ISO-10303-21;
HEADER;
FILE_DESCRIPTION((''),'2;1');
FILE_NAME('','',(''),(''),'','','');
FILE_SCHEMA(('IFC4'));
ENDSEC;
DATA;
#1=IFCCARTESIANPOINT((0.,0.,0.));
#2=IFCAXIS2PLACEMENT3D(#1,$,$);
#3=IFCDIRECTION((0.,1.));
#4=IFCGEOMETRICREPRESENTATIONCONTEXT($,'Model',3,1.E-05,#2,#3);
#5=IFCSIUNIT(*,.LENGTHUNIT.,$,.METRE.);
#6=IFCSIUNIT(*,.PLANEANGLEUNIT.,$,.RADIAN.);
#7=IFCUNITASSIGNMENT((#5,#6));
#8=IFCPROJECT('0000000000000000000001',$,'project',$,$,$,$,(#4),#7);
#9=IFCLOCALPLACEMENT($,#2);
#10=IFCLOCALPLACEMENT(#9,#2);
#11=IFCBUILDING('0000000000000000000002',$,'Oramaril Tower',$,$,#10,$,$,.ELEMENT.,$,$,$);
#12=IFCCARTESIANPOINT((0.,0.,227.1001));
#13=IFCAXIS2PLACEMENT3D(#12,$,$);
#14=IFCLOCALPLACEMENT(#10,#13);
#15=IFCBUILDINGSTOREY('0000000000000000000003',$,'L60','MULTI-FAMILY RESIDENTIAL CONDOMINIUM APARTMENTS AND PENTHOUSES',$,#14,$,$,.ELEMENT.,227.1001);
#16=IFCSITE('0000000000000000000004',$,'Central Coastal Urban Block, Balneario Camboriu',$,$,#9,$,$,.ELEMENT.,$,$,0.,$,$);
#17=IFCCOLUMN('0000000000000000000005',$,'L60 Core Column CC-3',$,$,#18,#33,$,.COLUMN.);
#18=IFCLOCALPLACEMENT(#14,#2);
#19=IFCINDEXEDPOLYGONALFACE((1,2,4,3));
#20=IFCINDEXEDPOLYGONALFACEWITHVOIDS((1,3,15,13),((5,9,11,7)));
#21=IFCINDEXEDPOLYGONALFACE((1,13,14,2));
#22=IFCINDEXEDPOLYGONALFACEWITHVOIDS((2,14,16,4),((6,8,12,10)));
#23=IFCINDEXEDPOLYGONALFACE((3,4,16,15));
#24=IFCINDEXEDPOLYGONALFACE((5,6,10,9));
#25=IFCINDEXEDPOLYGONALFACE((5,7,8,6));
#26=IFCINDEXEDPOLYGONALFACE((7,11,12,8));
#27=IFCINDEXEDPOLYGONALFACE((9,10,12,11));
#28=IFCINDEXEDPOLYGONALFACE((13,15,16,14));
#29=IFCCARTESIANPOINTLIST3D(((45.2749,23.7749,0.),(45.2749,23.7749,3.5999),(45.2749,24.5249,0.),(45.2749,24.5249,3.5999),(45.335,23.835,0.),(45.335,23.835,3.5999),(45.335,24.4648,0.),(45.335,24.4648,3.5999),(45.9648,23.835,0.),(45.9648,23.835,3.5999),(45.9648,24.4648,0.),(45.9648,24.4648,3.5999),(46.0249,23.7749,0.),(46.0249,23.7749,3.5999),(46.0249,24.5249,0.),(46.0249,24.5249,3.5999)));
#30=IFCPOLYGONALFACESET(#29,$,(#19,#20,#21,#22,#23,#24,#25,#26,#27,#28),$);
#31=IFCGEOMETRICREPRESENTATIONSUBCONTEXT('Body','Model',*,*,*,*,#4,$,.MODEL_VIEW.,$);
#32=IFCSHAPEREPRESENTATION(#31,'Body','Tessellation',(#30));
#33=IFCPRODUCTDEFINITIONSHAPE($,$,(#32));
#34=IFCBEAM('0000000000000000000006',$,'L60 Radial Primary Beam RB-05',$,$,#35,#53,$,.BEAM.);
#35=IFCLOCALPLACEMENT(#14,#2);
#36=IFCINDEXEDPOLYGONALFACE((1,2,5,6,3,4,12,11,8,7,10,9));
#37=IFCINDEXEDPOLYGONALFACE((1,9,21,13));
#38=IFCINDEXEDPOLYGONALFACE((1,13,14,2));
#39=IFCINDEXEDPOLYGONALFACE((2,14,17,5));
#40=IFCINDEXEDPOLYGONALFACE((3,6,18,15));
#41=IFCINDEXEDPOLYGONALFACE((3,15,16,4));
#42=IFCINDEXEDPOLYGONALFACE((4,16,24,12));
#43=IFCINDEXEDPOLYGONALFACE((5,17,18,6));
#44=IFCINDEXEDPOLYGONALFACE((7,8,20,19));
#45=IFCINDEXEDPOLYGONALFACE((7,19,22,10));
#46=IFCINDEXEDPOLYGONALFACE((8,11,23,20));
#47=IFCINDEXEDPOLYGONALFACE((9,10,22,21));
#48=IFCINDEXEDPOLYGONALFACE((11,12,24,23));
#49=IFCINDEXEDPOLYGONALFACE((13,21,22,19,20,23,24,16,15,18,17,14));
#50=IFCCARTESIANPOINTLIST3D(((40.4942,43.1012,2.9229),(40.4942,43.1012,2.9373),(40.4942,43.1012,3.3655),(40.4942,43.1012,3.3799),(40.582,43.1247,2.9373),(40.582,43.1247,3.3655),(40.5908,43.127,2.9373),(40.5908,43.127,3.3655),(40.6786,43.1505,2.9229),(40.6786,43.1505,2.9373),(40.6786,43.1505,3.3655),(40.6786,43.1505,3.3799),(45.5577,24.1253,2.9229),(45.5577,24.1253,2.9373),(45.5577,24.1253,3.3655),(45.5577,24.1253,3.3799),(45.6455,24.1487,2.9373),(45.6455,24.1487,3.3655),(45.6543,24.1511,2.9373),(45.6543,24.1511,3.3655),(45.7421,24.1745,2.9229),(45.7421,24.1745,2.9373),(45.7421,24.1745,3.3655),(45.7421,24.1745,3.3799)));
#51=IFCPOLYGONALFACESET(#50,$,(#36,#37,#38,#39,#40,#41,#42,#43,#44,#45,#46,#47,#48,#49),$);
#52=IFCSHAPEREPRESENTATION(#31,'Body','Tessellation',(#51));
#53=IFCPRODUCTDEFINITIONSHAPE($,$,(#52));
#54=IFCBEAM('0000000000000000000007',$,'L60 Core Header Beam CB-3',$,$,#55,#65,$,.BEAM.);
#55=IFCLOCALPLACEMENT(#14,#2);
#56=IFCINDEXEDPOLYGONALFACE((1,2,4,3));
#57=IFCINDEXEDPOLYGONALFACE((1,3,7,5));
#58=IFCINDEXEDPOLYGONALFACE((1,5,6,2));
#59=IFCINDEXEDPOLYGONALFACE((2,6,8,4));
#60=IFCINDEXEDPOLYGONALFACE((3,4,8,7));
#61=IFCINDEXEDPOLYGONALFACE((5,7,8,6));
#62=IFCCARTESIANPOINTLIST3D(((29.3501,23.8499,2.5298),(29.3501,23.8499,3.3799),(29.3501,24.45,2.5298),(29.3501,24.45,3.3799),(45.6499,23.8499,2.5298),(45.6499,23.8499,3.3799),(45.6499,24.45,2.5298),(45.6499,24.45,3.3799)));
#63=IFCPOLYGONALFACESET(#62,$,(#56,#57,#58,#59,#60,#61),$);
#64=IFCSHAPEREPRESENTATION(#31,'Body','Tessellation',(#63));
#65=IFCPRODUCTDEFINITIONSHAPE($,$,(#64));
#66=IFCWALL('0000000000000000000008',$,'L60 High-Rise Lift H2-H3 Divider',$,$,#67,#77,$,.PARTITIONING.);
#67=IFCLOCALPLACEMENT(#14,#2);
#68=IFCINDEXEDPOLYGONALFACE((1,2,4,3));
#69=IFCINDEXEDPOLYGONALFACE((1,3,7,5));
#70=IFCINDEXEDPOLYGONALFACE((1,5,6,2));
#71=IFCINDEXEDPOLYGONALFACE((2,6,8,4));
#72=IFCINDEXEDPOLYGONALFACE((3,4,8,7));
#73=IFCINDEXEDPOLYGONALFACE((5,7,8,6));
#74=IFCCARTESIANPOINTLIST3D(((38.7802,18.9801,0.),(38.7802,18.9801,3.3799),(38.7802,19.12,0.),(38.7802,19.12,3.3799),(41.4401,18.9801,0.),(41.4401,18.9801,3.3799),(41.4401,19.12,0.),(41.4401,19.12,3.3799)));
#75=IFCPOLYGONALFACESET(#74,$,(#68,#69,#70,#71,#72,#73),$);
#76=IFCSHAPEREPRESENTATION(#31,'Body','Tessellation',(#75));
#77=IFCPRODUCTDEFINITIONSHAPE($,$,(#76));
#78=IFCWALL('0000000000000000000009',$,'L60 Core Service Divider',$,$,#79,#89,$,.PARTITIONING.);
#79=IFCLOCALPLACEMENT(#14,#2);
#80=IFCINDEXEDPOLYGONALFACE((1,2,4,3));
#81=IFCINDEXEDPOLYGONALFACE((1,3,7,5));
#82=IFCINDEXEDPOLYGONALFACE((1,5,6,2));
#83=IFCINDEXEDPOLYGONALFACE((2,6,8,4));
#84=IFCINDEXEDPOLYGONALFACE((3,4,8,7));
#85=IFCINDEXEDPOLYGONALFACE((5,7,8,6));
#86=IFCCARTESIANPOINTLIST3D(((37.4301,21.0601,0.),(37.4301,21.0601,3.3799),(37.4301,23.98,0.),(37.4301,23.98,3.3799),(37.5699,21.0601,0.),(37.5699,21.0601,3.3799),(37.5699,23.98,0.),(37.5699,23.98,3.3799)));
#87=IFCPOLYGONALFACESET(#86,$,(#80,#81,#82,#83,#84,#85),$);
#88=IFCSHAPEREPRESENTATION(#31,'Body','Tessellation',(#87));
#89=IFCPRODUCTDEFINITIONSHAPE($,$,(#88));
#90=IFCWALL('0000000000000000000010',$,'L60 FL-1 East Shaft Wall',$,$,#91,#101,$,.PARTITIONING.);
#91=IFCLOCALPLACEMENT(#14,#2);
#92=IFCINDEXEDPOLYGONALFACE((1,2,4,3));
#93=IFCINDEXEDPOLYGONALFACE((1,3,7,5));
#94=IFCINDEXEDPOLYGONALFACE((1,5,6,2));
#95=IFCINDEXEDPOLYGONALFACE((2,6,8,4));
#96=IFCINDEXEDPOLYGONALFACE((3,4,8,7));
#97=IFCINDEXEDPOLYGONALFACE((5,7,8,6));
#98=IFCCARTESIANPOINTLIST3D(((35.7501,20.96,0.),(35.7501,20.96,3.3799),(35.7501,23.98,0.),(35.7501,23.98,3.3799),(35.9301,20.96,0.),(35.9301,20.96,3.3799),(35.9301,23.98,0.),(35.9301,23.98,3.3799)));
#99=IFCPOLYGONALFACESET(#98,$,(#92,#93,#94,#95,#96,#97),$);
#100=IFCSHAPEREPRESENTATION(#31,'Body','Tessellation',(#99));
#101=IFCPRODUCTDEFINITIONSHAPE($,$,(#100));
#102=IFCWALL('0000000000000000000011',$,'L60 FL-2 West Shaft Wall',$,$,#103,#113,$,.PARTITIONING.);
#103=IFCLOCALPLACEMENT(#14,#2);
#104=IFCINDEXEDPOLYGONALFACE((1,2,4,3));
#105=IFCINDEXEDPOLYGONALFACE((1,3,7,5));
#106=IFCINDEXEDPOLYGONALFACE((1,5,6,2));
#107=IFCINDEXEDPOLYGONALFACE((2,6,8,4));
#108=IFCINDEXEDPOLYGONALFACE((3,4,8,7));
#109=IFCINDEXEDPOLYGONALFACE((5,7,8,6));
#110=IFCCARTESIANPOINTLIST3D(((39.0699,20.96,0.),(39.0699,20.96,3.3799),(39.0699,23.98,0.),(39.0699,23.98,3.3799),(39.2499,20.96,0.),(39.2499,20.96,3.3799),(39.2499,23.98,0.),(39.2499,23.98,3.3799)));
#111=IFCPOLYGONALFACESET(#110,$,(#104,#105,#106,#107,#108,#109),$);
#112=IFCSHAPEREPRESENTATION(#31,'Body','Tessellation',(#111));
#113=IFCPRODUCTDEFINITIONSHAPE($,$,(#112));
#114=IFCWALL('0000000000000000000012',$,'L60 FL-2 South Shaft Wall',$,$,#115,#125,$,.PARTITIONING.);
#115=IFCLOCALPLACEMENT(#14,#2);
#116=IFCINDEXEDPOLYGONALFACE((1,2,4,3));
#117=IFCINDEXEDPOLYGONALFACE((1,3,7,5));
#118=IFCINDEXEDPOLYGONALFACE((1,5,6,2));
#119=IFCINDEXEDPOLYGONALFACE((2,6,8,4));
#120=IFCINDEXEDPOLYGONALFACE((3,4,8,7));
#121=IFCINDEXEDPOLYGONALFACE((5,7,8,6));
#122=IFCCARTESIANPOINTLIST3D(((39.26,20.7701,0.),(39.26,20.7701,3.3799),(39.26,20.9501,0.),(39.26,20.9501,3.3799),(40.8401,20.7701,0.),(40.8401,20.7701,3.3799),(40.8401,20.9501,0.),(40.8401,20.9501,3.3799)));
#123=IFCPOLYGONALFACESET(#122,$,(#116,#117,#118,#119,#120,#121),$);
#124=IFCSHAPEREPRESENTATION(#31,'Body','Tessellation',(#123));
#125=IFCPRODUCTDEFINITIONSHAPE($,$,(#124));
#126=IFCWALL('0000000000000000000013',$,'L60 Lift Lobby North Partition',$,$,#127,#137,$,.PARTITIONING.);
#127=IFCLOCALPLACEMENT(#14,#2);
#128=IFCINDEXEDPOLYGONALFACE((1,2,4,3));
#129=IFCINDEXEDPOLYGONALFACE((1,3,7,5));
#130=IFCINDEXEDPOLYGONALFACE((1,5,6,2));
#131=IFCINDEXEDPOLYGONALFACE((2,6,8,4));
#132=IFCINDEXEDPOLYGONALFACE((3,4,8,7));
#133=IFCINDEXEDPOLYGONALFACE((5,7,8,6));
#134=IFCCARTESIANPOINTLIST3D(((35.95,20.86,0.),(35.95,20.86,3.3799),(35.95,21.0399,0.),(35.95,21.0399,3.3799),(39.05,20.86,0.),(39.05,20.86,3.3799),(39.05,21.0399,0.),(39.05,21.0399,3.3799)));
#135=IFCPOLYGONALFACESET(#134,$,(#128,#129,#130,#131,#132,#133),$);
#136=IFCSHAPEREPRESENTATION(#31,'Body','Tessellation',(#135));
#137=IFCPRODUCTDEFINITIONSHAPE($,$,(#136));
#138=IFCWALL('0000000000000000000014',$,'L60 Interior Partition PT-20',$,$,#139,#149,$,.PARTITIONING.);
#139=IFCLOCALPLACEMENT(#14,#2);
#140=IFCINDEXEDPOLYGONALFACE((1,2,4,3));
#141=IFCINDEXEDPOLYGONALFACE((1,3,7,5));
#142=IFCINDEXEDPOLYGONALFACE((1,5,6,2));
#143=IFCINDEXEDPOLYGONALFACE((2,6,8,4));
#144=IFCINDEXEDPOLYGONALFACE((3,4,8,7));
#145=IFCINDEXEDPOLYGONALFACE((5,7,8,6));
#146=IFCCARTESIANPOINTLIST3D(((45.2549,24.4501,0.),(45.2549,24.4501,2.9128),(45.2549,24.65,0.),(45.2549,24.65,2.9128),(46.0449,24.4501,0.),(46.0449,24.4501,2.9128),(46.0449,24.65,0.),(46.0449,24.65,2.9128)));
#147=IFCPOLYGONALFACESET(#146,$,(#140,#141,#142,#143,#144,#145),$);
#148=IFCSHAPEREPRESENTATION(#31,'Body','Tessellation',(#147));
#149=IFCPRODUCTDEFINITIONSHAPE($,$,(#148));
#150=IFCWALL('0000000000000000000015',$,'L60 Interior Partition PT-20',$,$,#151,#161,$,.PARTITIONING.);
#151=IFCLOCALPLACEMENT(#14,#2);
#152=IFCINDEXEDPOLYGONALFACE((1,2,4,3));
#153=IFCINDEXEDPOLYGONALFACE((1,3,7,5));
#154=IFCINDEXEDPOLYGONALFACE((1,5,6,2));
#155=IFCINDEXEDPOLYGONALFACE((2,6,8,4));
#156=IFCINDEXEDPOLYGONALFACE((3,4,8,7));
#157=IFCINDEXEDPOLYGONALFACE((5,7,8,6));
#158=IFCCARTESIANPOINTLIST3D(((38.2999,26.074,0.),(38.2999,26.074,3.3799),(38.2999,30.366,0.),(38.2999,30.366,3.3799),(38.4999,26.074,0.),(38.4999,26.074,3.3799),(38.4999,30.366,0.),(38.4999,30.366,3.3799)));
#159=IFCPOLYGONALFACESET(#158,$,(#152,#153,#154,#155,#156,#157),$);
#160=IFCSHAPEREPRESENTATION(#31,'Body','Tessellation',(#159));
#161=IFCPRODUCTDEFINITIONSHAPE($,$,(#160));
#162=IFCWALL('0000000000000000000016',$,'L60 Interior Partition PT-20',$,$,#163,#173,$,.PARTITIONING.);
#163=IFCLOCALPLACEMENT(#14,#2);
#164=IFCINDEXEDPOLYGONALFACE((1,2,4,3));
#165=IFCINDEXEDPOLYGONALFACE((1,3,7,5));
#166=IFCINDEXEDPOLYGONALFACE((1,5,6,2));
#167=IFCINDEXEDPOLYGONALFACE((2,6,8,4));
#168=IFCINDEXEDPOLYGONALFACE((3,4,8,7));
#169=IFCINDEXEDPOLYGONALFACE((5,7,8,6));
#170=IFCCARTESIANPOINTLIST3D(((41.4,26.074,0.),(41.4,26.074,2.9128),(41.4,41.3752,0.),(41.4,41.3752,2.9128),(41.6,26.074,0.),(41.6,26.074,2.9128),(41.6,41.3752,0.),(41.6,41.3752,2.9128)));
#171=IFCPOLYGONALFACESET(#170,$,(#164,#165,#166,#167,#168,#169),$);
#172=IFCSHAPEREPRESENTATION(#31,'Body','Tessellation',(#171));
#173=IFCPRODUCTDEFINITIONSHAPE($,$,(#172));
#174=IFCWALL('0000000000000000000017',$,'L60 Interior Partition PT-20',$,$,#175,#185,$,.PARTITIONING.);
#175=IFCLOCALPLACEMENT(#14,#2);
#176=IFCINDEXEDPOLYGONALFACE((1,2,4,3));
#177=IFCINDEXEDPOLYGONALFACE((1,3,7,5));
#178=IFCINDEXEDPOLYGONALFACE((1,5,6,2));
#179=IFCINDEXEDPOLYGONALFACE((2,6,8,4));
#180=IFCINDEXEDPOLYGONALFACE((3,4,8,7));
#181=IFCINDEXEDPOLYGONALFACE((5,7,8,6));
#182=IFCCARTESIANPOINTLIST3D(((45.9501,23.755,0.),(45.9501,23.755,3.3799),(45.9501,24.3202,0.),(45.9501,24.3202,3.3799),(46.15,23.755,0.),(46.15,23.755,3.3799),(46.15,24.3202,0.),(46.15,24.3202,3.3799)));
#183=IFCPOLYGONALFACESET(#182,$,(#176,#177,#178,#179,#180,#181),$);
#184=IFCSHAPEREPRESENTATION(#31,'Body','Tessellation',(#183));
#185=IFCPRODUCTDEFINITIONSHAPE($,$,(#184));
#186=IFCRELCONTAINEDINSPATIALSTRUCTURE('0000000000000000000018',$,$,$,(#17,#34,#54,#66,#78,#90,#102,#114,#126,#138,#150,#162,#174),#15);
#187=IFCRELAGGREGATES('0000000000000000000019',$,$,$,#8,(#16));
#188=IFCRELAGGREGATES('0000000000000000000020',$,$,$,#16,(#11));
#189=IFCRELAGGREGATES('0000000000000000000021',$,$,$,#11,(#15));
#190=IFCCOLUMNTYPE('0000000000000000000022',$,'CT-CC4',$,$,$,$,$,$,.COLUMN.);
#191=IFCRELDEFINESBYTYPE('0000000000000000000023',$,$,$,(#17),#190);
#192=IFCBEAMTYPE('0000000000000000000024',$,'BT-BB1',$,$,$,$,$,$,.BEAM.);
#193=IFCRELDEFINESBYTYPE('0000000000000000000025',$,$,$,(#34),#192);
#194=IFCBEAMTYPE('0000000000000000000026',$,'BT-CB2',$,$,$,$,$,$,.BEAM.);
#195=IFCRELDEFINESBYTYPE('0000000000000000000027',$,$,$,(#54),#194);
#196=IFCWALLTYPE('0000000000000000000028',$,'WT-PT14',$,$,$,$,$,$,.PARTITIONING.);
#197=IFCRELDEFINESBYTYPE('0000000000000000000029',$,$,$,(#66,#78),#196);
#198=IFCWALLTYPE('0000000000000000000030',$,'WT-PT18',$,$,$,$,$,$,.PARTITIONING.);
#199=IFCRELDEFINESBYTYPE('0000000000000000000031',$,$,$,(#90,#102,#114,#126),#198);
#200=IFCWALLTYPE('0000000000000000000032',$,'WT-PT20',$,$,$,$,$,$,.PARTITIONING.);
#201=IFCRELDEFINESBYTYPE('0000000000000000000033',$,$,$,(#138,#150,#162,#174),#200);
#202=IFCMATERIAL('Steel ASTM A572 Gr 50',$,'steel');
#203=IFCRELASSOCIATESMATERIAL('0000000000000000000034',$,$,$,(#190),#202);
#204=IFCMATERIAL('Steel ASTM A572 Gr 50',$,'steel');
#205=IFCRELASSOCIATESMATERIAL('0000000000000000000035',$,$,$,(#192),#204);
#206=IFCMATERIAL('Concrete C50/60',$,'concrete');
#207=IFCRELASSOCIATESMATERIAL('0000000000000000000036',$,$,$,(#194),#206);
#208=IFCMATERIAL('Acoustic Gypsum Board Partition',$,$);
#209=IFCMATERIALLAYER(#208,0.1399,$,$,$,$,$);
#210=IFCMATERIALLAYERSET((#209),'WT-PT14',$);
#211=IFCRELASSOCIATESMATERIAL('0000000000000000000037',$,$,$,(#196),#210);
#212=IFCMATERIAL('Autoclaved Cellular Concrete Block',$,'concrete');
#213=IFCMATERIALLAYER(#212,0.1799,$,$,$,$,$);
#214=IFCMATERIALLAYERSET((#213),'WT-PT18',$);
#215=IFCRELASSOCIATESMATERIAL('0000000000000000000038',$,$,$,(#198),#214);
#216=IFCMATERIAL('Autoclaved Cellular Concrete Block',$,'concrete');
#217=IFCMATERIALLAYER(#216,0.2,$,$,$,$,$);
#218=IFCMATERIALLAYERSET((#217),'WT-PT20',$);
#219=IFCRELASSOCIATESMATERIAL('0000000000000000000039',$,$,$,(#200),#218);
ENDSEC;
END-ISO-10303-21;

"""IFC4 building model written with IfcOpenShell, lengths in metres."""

from ifc_helpers import new_model, si_unit, direction, frame, frame_2d, origin, origin_2d, place, context, subcontext, project, spatial, rectangle, hollow_rectangle, i_section, extrude, material, layer, layer_set, material_profile, profile_set, type_object, element, save


model = new_model("IFC4")

# Units and contexts
model_context = context("Model", 3, precision=1e-05, world=origin(), true_north=direction((0.0, 1.0)))
body_context = subcontext(model_context, "Body", "Model", "MODEL_VIEW")
ifc_project = project(units=[si_unit("LENGTHUNIT", "METRE"), si_unit("PLANEANGLEUNIT", "RADIAN")], contexts=[model_context])

# Site, building, storey
site_placement = place(None, origin())
site = spatial("IfcSite", under=ifc_project, at=site_placement, Name="Central Coastal Urban Block, Balneario Camboriu", CompositionType="ELEMENT", RefElevation=0.0)
building_placement = place(site_placement, origin())
building = spatial("IfcBuilding", under=site, at=building_placement, Name="Oramaril Tower", CompositionType="ELEMENT")
storey_placement = place(building_placement, frame((0.0, 0.0, 227.1001)))
storey = spatial("IfcBuildingStorey", under=building, at=storey_placement, Name="L60", Description="MULTI-FAMILY RESIDENTIAL CONDOMINIUM APARTMENTS AND PENTHOUSES", CompositionType="ELEMENT", Elevation=227.1001)

# Column
ifc_material_1 = material(Name="Steel ASTM A572 Gr 50", Category="steel")
ifc_material_profile_1 = material_profile(ifc_material_1, hollow_rectangle(XDim=0.75, YDim=0.75, WallThickness=0.0601, at=origin_2d()), Name="BOX750X750X60")
ifc_profile_set_1 = profile_set([ifc_material_profile_1], Name="Steel ASTM A572 Gr 50")
column_type = type_object("IfcColumnType", Name="CT-CC4", PredefinedType="COLUMN", material=ifc_profile_set_1)
column_placement = place(storey_placement, frame((45.6499, 24.1499, 0.0), z_axis=(0.0, 0.0, 1.0), x_axis=(1.0, 0.0, 0.0)))
element("IfcColumn", 1, at=column_placement, inside=storey, type_object=column_type, Name="L60 Core Column CC-3", PredefinedType="COLUMN", context=body_context, shape_type="SweptSolid", body=[
    extrude(hollow_rectangle(XDim=0.75, YDim=0.75, WallThickness=0.0601, at=origin_2d()), origin(), (0.0, 0.0, 1.0), 3.5999),
])

# Beams
ifc_material_2 = material(Name="Steel ASTM A572 Gr 50", Category="steel")
ifc_material_profile_2 = material_profile(ifc_material_2, i_section(OverallWidth=0.1909, OverallDepth=0.457, WebThickness=0.009, FlangeThickness=0.0144, at=origin_2d()), Name="W18X50")
ifc_profile_set_2 = profile_set([ifc_material_profile_2], Name="Steel ASTM A572 Gr 50")
beam_type_1 = type_object("IfcBeamType", Name="BT-BB1", PredefinedType="BEAM", material=ifc_profile_set_2)
beam_1_placement = place(storey_placement, frame((45.6499, 24.1499, 3.1514), z_axis=(-0.257817, 0.966194, 0.0), x_axis=(-0.966194, -0.257817, 0.0)))
element("IfcBeam", 2, at=beam_1_placement, inside=storey, type_object=beam_type_1, Name="L60 Radial Primary Beam RB-05", PredefinedType="BEAM", context=body_context, shape_type="SweptSolid", body=[
    extrude(i_section(OverallWidth=0.1909, OverallDepth=0.457, WebThickness=0.009, FlangeThickness=0.0144, at=origin_2d()), origin(), (0.0, 0.0, 1.0), 19.6399),
])
ifc_material_3 = material(Name="Concrete C50/60", Category="concrete")
ifc_material_profile_3 = material_profile(ifc_material_3, rectangle(XDim=0.6001, YDim=0.8501, at=origin_2d()), Name="CB600X850")
ifc_profile_set_3 = profile_set([ifc_material_profile_3], Name="Concrete C50/60")
beam_type_2 = type_object("IfcBeamType", Name="BT-CB2", PredefinedType="BEAM", material=ifc_profile_set_3)
beam_2_placement = place(storey_placement, frame((45.6499, 24.1499, 2.9548), z_axis=(-1.0, 0.0, 0.0), x_axis=(0.0, -1.0, 0.0)))
element("IfcBeam", 3, at=beam_2_placement, inside=storey, type_object=beam_type_2, Name="L60 Core Header Beam CB-3", PredefinedType="BEAM", context=body_context, shape_type="SweptSolid", body=[
    extrude(rectangle(XDim=0.6001, YDim=0.8501, at=origin_2d()), origin(), (0.0, 0.0, 1.0), 16.2998),
])

# Walls
ifc_material_4 = material(Name="Acoustic Gypsum Board Partition")
ifc_layer_1 = layer(ifc_material_4, 0.1399)
ifc_layer_set_1 = layer_set([ifc_layer_1], Name="WT-PT14")
wall_type_1 = type_object("IfcWallType", Name="WT-PT14", PredefinedType="PARTITIONING", material=ifc_layer_set_1)
wall_1_placement = place(storey_placement, frame((38.78, 19.05, 0.0), z_axis=(0.0, 0.0, 1.0), x_axis=(1.0, 0.0, 0.0)))
element("IfcWall", 4, at=wall_1_placement, inside=storey, type_object=wall_type_1, Name="L60 High-Rise Lift H2-H3 Divider", PredefinedType="PARTITIONING", context=body_context, shape_type="SweptSolid", body=[
    extrude(rectangle(XDim=2.6599, YDim=0.1399, at=frame_2d((1.3301, 0.0))), origin(), (0.0, 0.0, 1.0), 3.3799),
])
wall_2_placement = place(storey_placement, frame((37.5, 21.0601, 0.0), z_axis=(0.0, 0.0, 1.0), x_axis=(0.0, 1.0, 0.0)))
element("IfcWall", 5, at=wall_2_placement, inside=storey, type_object=wall_type_1, Name="L60 Core Service Divider", PredefinedType="PARTITIONING", context=body_context, shape_type="SweptSolid", body=[
    extrude(rectangle(XDim=2.9199, YDim=0.1399, at=frame_2d((1.46, 0.0))), origin(), (0.0, 0.0, 1.0), 3.3799),
])

# Walls
ifc_material_5 = material(Name="Autoclaved Cellular Concrete Block", Category="concrete")
ifc_layer_2 = layer(ifc_material_5, 0.1799)
ifc_layer_set_2 = layer_set([ifc_layer_2], Name="WT-PT18")
wall_type_2 = type_object("IfcWallType", Name="WT-PT18", PredefinedType="PARTITIONING", material=ifc_layer_set_2)
for number, where, z_axis, x_axis, name in (
    (6, (35.8401, 20.96, 0.0), (0.0, 0.0, 1.0), (0.0, 1.0, 0.0), "L60 FL-1 East Shaft Wall"),
    (7, (39.1599, 20.96, 0.0), (0.0, 0.0, 1.0), (0.0, 1.0, 0.0), "L60 FL-2 West Shaft Wall"),
):
    element("IfcWall", number, at=place(storey_placement, frame(where, z_axis=z_axis, x_axis=x_axis)), inside=storey, type_object=wall_type_2, Name=name, PredefinedType="PARTITIONING", context=body_context, shape_type="SweptSolid", body=[
        extrude(rectangle(XDim=3.02, YDim=0.1799, at=frame_2d((1.51, 0.0))), origin(), (0.0, 0.0, 1.0), 3.3799),
    ])
wall_3_placement = place(storey_placement, frame((39.26, 20.8601, 0.0), z_axis=(0.0, 0.0, 1.0), x_axis=(1.0, 0.0, 0.0)))
element("IfcWall", 8, at=wall_3_placement, inside=storey, type_object=wall_type_2, Name="L60 FL-2 South Shaft Wall", PredefinedType="PARTITIONING", context=body_context, shape_type="SweptSolid", body=[
    extrude(rectangle(XDim=1.5801, YDim=0.1799, at=frame_2d((0.79, 0.0))), origin(), (0.0, 0.0, 1.0), 3.3799),
])
wall_4_placement = place(storey_placement, frame((35.95, 20.95, 0.0), z_axis=(0.0, 0.0, 1.0), x_axis=(1.0, 0.0, 0.0)))
element("IfcWall", 9, at=wall_4_placement, inside=storey, type_object=wall_type_2, Name="L60 Lift Lobby North Partition", PredefinedType="PARTITIONING", context=body_context, shape_type="SweptSolid", body=[
    extrude(rectangle(XDim=3.1001, YDim=0.1799, at=frame_2d((1.55, 0.0))), origin(), (0.0, 0.0, 1.0), 3.3799),
])
ifc_material_6 = material(Name="Autoclaved Cellular Concrete Block", Category="concrete")
ifc_layer_3 = layer(ifc_material_6, 0.2)
ifc_layer_set_3 = layer_set([ifc_layer_3], Name="WT-PT20")
wall_type_3 = type_object("IfcWallType", Name="WT-PT20", PredefinedType="PARTITIONING", material=ifc_layer_set_3)
wall_5_placement = place(storey_placement, frame((45.2549, 24.55, 0.0), z_axis=(0.0, 0.0, 1.0), x_axis=(1.0, 0.0, 0.0)))
element("IfcWall", 10, at=wall_5_placement, inside=storey, type_object=wall_type_3, Name="L60 Interior Partition PT-20", PredefinedType="PARTITIONING", context=body_context, shape_type="SweptSolid", body=[
    extrude(rectangle(XDim=0.79, YDim=0.2, at=frame_2d((0.395, 0.0))), origin(), (0.0, 0.0, 1.0), 2.9128),
])
wall_6_placement = place(storey_placement, frame((38.3999, 26.074, 0.0), z_axis=(0.0, 0.0, 1.0), x_axis=(0.0, 1.0, 0.0)))
element("IfcWall", 11, at=wall_6_placement, inside=storey, type_object=wall_type_3, Name="L60 Interior Partition PT-20", PredefinedType="PARTITIONING", context=body_context, shape_type="SweptSolid", body=[
    extrude(rectangle(XDim=4.292, YDim=0.2, at=frame_2d((2.146, 0.0))), origin(), (0.0, 0.0, 1.0), 3.3799),
])
wall_7_placement = place(storey_placement, frame((41.5, 26.074, 0.0), z_axis=(0.0, 0.0, 1.0), x_axis=(0.0, 1.0, 0.0)))
element("IfcWall", 12, at=wall_7_placement, inside=storey, type_object=wall_type_3, Name="L60 Interior Partition PT-20", PredefinedType="PARTITIONING", context=body_context, shape_type="SweptSolid", body=[
    extrude(rectangle(XDim=15.3013, YDim=0.2, at=frame_2d((7.6506, 0.0))), origin(), (0.0, 0.0, 1.0), 2.9128),
])
wall_8_placement = place(storey_placement, frame((46.05, 23.7549, 0.0), z_axis=(0.0, 0.0, 1.0), x_axis=(0.0, 1.0, 0.0)))
element("IfcWall", 13, at=wall_8_placement, inside=storey, type_object=wall_type_3, Name="L60 Interior Partition PT-20", PredefinedType="PARTITIONING", context=body_context, shape_type="SweptSolid", body=[
    extrude(rectangle(XDim=0.5652, YDim=0.2, at=frame_2d((0.2827, 0.0))), origin(), (0.0, 0.0, 1.0), 3.3799),
])

save(model, "model.ifc")
